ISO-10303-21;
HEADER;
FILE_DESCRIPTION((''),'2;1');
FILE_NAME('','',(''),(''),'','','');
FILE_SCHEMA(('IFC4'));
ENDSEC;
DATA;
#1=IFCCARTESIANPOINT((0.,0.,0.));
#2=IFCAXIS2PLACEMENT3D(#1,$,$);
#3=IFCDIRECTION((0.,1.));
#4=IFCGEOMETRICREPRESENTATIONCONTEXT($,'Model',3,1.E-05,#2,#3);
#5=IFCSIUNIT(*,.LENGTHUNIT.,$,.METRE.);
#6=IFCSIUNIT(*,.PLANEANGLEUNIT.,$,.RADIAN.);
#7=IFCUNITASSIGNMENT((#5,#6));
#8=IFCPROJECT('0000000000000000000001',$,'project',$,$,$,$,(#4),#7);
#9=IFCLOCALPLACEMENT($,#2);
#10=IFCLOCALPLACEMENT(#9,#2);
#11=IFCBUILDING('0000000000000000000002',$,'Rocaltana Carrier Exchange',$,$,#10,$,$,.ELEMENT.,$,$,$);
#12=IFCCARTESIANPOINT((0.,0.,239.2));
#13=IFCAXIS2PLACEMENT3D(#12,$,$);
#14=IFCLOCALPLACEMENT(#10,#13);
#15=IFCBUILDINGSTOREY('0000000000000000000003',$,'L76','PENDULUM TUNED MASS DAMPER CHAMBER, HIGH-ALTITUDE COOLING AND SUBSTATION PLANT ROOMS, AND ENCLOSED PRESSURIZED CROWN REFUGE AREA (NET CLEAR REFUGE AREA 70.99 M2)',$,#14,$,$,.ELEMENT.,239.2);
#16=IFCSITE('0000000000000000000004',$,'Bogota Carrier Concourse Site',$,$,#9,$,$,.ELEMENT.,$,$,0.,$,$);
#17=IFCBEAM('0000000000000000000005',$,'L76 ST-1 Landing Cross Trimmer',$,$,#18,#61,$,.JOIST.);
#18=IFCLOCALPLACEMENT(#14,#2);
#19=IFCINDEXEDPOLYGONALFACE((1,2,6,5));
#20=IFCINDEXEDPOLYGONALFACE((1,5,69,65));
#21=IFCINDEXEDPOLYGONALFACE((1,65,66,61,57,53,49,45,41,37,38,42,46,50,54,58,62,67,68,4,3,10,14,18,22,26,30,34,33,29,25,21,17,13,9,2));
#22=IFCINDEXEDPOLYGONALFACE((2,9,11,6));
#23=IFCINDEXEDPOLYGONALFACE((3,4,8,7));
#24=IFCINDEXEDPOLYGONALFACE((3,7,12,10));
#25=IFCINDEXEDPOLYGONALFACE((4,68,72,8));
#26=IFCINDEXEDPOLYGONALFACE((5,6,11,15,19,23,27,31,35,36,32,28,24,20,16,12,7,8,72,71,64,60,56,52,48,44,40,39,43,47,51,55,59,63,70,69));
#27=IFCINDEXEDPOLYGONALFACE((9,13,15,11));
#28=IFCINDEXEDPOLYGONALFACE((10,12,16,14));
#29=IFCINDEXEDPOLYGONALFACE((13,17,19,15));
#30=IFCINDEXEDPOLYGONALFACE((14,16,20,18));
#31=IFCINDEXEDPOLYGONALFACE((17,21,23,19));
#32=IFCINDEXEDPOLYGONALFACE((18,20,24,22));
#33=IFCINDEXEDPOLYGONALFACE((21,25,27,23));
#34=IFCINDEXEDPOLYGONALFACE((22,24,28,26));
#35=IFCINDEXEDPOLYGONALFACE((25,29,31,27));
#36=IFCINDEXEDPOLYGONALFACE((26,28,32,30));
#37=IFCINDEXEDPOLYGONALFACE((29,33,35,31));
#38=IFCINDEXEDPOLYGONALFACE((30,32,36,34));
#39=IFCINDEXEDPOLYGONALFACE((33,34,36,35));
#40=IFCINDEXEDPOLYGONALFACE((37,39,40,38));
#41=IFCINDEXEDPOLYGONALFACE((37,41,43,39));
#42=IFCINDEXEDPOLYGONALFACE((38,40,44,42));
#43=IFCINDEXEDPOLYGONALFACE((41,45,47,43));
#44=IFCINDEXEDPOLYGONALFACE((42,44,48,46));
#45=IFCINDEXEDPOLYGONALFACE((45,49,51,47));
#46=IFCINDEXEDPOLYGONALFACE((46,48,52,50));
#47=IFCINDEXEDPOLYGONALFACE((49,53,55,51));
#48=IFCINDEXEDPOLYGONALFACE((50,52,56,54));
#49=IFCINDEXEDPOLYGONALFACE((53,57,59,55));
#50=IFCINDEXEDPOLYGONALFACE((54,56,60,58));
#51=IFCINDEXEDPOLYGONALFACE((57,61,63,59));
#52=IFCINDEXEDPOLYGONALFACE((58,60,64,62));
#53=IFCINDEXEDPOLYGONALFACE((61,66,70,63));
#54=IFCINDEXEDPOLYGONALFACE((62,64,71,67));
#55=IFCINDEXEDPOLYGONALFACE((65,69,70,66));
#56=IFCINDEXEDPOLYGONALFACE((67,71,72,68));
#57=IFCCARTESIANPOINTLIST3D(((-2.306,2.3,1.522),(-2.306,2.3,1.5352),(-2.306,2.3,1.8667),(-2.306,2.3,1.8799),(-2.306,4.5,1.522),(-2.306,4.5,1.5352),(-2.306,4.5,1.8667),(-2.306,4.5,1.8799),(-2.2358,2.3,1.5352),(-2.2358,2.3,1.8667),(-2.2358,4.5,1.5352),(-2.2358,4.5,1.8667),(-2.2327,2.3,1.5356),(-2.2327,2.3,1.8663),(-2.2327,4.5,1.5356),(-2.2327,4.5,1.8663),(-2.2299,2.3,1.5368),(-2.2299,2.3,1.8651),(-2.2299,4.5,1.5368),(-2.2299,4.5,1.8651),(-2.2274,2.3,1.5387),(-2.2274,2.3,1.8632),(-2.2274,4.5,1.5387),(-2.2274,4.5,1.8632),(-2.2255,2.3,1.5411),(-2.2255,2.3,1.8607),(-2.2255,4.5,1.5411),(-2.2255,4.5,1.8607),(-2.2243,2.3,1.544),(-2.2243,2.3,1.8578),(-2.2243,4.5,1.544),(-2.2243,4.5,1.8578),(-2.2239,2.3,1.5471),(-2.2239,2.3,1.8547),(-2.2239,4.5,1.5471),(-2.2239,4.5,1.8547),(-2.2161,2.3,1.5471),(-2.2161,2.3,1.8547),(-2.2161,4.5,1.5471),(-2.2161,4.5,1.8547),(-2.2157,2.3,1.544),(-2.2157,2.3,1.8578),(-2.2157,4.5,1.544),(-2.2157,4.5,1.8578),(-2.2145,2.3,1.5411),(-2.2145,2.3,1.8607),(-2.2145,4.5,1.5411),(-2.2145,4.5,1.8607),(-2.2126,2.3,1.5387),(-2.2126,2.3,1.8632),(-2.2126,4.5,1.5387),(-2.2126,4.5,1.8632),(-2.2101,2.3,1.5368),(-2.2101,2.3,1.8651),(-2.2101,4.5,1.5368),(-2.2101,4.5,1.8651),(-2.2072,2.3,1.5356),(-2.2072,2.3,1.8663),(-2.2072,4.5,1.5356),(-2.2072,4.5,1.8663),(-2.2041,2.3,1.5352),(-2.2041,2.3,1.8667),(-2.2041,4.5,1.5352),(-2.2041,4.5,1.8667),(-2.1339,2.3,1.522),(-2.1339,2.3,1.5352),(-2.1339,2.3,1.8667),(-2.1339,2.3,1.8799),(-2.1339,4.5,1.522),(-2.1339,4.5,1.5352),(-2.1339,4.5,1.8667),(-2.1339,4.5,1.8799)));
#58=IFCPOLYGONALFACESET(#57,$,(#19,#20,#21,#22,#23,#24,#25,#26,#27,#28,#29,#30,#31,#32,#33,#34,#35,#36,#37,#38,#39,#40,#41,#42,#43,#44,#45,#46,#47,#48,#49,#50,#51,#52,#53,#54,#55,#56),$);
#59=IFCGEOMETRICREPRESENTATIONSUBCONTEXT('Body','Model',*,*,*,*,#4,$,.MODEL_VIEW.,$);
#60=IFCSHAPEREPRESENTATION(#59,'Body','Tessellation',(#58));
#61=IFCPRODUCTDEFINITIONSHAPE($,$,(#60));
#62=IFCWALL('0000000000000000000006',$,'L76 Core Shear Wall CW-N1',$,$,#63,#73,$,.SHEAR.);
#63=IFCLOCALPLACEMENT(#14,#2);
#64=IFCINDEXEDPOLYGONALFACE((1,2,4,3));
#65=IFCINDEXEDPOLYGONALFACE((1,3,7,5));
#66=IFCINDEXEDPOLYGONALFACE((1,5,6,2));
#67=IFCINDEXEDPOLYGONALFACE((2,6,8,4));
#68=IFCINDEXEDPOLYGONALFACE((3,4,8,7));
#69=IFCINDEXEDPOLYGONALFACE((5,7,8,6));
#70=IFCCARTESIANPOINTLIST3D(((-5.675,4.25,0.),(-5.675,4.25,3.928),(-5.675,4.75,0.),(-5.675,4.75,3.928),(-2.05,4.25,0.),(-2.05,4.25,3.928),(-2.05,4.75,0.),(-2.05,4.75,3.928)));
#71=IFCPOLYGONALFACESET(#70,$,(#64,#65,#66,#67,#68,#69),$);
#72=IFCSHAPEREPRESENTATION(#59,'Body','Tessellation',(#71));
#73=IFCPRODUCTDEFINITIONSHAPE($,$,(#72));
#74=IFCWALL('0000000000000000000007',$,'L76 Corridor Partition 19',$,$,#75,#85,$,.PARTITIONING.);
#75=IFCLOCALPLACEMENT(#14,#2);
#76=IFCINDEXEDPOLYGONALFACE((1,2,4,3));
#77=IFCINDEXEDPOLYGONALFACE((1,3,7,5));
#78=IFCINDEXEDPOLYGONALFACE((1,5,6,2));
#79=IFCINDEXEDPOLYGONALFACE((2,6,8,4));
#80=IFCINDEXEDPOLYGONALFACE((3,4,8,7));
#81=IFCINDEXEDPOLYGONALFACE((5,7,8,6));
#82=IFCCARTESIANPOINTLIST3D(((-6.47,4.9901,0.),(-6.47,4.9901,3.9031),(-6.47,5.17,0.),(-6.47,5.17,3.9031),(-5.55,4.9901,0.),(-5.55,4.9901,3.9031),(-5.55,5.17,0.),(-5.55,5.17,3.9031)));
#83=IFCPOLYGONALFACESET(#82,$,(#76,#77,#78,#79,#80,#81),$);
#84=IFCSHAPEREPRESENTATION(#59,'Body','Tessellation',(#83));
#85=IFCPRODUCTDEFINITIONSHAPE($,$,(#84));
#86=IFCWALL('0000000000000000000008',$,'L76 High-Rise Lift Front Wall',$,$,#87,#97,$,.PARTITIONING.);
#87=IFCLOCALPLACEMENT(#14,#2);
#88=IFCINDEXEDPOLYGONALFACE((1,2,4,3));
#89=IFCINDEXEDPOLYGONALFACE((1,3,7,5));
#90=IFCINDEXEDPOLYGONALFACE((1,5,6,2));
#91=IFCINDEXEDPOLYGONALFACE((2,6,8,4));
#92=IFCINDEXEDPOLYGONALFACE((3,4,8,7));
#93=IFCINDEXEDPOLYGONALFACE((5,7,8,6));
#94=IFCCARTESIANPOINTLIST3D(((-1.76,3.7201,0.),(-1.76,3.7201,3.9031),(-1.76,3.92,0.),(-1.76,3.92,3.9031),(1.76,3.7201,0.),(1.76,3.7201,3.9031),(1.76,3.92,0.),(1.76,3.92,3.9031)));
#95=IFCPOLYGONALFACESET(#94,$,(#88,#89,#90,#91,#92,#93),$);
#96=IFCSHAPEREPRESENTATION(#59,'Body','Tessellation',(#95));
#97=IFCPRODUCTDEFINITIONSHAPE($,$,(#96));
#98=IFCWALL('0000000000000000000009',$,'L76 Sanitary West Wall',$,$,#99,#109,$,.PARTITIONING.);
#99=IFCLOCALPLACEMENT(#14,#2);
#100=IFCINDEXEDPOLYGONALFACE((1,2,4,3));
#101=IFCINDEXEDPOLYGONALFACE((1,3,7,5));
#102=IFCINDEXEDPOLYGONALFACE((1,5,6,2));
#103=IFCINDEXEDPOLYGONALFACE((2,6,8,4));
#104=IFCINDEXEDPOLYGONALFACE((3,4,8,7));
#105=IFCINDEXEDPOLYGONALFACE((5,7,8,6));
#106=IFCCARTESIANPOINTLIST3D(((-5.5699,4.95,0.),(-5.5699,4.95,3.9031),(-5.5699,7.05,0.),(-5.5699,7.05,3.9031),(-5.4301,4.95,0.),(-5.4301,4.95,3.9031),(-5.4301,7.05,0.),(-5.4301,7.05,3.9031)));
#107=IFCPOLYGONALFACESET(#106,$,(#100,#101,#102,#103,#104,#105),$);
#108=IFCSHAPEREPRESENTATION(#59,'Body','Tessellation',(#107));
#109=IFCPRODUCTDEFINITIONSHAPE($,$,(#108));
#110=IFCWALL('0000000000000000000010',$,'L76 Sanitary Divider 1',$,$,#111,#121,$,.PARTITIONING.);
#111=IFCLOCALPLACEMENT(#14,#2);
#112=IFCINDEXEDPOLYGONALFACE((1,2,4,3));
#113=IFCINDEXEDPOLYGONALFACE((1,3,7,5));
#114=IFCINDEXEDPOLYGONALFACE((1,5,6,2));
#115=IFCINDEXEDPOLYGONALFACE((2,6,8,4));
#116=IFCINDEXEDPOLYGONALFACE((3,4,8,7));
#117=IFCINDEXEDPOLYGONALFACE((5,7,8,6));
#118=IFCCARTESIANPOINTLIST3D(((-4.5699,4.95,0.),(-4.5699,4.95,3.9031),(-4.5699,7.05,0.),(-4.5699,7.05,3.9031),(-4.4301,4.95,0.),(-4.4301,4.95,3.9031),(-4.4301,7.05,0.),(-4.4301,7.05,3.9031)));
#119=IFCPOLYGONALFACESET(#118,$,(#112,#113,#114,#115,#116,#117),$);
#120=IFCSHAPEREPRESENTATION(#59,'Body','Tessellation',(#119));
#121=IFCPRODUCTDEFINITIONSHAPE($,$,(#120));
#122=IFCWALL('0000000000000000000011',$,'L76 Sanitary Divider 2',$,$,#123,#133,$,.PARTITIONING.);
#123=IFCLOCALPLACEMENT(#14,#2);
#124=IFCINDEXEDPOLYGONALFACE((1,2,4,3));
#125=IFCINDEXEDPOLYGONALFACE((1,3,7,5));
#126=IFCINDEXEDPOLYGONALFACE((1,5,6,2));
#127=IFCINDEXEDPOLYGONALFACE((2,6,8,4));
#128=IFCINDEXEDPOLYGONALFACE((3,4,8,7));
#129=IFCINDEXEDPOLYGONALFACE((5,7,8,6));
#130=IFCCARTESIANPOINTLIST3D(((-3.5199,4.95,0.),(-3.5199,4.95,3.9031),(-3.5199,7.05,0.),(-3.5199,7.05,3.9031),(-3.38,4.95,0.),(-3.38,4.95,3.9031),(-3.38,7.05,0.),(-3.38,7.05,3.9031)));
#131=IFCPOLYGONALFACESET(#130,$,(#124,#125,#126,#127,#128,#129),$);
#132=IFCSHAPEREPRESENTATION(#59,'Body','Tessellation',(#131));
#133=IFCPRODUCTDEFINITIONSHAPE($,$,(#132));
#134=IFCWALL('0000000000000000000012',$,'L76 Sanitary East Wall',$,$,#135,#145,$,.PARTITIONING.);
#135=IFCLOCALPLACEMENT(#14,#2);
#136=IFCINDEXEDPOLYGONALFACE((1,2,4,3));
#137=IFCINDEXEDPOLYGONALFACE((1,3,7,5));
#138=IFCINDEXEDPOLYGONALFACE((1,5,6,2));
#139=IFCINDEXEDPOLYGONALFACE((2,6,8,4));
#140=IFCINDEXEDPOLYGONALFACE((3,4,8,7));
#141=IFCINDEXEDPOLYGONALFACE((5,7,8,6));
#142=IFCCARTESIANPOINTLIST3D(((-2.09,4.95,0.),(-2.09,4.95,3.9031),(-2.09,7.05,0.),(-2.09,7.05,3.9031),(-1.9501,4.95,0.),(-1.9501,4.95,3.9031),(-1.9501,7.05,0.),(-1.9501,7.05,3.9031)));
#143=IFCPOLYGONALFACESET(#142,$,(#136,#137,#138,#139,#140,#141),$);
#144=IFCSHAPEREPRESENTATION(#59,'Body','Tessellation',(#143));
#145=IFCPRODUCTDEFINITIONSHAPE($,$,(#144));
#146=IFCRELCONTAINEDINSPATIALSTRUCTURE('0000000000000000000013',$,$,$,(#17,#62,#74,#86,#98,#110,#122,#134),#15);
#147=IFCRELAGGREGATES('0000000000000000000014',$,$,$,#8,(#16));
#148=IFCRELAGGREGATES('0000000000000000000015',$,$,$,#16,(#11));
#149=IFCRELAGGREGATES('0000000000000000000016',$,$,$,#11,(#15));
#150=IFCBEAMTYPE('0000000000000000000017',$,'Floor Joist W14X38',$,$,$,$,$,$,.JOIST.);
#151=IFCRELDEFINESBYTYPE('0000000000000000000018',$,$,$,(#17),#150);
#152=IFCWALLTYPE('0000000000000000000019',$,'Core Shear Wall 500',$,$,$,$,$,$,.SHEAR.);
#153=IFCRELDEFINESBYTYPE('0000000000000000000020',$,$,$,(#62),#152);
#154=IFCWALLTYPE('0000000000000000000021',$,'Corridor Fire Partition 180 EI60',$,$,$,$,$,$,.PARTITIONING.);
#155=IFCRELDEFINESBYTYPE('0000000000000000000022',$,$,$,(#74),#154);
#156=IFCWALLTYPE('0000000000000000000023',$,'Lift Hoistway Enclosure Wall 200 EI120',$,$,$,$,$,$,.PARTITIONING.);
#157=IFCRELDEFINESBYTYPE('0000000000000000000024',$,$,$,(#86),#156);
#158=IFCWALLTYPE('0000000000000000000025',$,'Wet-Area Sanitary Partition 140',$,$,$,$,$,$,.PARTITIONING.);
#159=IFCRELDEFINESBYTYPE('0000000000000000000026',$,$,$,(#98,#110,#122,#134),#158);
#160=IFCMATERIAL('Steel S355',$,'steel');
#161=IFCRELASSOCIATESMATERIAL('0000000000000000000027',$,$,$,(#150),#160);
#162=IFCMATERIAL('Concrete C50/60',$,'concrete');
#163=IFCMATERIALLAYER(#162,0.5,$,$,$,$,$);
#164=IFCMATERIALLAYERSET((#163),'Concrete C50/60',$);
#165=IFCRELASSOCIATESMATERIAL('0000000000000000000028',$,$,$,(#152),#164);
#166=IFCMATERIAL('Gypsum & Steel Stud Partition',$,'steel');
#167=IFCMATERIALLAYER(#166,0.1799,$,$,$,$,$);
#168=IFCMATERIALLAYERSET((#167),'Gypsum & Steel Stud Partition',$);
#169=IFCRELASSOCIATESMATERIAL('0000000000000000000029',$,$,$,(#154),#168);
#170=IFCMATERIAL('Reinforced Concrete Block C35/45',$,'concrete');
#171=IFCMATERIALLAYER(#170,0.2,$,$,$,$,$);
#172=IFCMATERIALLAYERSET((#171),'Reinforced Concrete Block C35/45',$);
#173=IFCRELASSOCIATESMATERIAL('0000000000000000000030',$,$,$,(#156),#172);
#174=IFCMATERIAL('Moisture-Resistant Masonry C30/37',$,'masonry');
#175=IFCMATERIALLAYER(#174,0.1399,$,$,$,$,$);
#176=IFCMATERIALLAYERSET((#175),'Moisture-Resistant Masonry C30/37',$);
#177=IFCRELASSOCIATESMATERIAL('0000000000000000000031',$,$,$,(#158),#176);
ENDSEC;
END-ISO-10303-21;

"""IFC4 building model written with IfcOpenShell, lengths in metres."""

from ifc_helpers import new_model, si_unit, direction, frame, frame_2d, origin, origin_2d, place, context, subcontext, project, spatial, rectangle, i_section, extrude, material, layer, layer_set, material_profile, profile_set, type_object, element, save


model = new_model("IFC4")

# Units and contexts
model_context = context("Model", 3, precision=1e-05, world=origin(), true_north=direction((0.0, 1.0)))
body_context = subcontext(model_context, "Body", "Model", "MODEL_VIEW")
ifc_project = project(units=[si_unit("LENGTHUNIT", "METRE"), si_unit("PLANEANGLEUNIT", "RADIAN")], contexts=[model_context])

# Site, building, storey
site_placement = place(None, origin())
site = spatial("IfcSite", under=ifc_project, at=site_placement, Name="Bogota Carrier Concourse Site", CompositionType="ELEMENT", RefElevation=0.0)
building_placement = place(site_placement, origin())
building = spatial("IfcBuilding", under=site, at=building_placement, Name="Rocaltana Carrier Exchange", CompositionType="ELEMENT")
storey_placement = place(building_placement, frame((0.0, 0.0, 239.2)))
storey = spatial("IfcBuildingStorey", under=building, at=storey_placement, Name="L76", Description="PENDULUM TUNED MASS DAMPER CHAMBER, HIGH-ALTITUDE COOLING AND SUBSTATION PLANT ROOMS, AND ENCLOSED PRESSURIZED CROWN REFUGE AREA (NET CLEAR REFUGE AREA 70.99 M2)", CompositionType="ELEMENT", Elevation=239.2)

# Beam
ifc_material_1 = material(Name="Steel S355", Category="steel")
ifc_material_profile_1 = material_profile(ifc_material_1, i_section(OverallWidth=0.1721, OverallDepth=0.3579, WebThickness=0.0078, FlangeThickness=0.0132, FilletRadius=0.012, at=origin_2d()), Name="W14X38")
ifc_profile_set_1 = profile_set([ifc_material_profile_1], Name="Steel S355")
beam_type_1 = type_object("IfcBeamType", Name="Floor Joist W14X38", PredefinedType="JOIST", material=ifc_profile_set_1)
beam_1_placement = place(storey_placement, frame((-2.22, 2.3, 1.7009), z_axis=(0.0, 1.0, 0.0), x_axis=(-1.0, 0.0, 0.0)))
element("IfcBeam", 1, at=beam_1_placement, inside=storey, type_object=beam_type_1, Name="L76 ST-1 Landing Cross Trimmer", PredefinedType="JOIST", context=body_context, shape_type="SweptSolid", body=[
    extrude(i_section(OverallWidth=0.1721, OverallDepth=0.3579, WebThickness=0.0078, FlangeThickness=0.0132, FilletRadius=0.012, at=origin_2d()), origin(), (0.0, 0.0, 1.0), 2.2),
])

# Walls
ifc_material_2 = material(Name="Concrete C50/60", Category="concrete")
ifc_layer_1 = layer(ifc_material_2, 0.5)
ifc_layer_set_1 = layer_set([ifc_layer_1], Name="Concrete C50/60")
wall_type_1 = type_object("IfcWallType", Name="Core Shear Wall 500", PredefinedType="SHEAR", material=ifc_layer_set_1)
wall_1_placement = place(storey_placement, frame((-5.675, 4.5, 0.0), z_axis=(0.0, 0.0, 1.0), x_axis=(1.0, 0.0, 0.0)))
element("IfcWall", 2, at=wall_1_placement, inside=storey, type_object=wall_type_1, Name="L76 Core Shear Wall CW-N1", PredefinedType="SHEAR", context=body_context, shape_type="SweptSolid", body=[
    extrude(rectangle(XDim=3.625, YDim=0.5, at=frame_2d((1.8125, 0.0))), origin(), (0.0, 0.0, 1.0), 3.928),
])
ifc_material_3 = material(Name="Gypsum & Steel Stud Partition", Category="steel")
ifc_layer_2 = layer(ifc_material_3, 0.1799)
ifc_layer_set_2 = layer_set([ifc_layer_2], Name="Gypsum & Steel Stud Partition")
wall_type_2 = type_object("IfcWallType", Name="Corridor Fire Partition 180 EI60", PredefinedType="PARTITIONING", material=ifc_layer_set_2)
wall_2_placement = place(storey_placement, frame((-5.55, 5.0801, 0.0), z_axis=(0.0, 0.0, 1.0), x_axis=(-1.0, 0.0, 0.0)))
element("IfcWall", 3, at=wall_2_placement, inside=storey, type_object=wall_type_2, Name="L76 Corridor Partition 19", PredefinedType="PARTITIONING", context=body_context, shape_type="SweptSolid", body=[
    extrude(rectangle(XDim=0.9199, YDim=0.1799, at=frame_2d((0.46, 0.0))), origin(), (0.0, 0.0, 1.0), 3.9031),
])
ifc_material_4 = material(Name="Reinforced Concrete Block C35/45", Category="concrete")
ifc_layer_3 = layer(ifc_material_4, 0.2)
ifc_layer_set_3 = layer_set([ifc_layer_3], Name="Reinforced Concrete Block C35/45")
wall_type_3 = type_object("IfcWallType", Name="Lift Hoistway Enclosure Wall 200 EI120", PredefinedType="PARTITIONING", material=ifc_layer_set_3)
wall_3_placement = place(storey_placement, frame((-1.76, 3.8201, 0.0), z_axis=(0.0, 0.0, 1.0), x_axis=(1.0, 0.0, 0.0)))
element("IfcWall", 4, at=wall_3_placement, inside=storey, type_object=wall_type_3, Name="L76 High-Rise Lift Front Wall", PredefinedType="PARTITIONING", context=body_context, shape_type="SweptSolid", body=[
    extrude(rectangle(XDim=3.52, YDim=0.2, at=frame_2d((1.76, 0.0))), origin(), (0.0, 0.0, 1.0), 3.9031),
])
ifc_material_5 = material(Name="Moisture-Resistant Masonry C30/37", Category="masonry")
ifc_layer_4 = layer(ifc_material_5, 0.1399)
ifc_layer_set_4 = layer_set([ifc_layer_4], Name="Moisture-Resistant Masonry C30/37")
wall_type_4 = type_object("IfcWallType", Name="Wet-Area Sanitary Partition 140", PredefinedType="PARTITIONING", material=ifc_layer_set_4)
for number, where, z_axis, x_axis, name in (
    (5, (-5.5, 4.95, 0.0), (0.0, 0.0, 1.0), (0.0, 1.0, 0.0), "L76 Sanitary West Wall"),
    (6, (-4.5, 4.95, 0.0), (0.0, 0.0, 1.0), (0.0, 1.0, 0.0), "L76 Sanitary Divider 1"),
    (7, (-3.45, 4.95, 0.0), (0.0, 0.0, 1.0), (0.0, 1.0, 0.0), "L76 Sanitary Divider 2"),
    (8, (-2.02, 4.95, 0.0), (0.0, 0.0, 1.0), (0.0, 1.0, 0.0), "L76 Sanitary East Wall"),
):
    element("IfcWall", number, at=place(storey_placement, frame(where, z_axis=z_axis, x_axis=x_axis)), inside=storey, type_object=wall_type_4, Name=name, PredefinedType="PARTITIONING", context=body_context, shape_type="SweptSolid", body=[
        extrude(rectangle(XDim=2.1001, YDim=0.1399, at=frame_2d((1.05, 0.0))), origin(), (0.0, 0.0, 1.0), 3.9031),
    ])

save(model, "model.ifc")
